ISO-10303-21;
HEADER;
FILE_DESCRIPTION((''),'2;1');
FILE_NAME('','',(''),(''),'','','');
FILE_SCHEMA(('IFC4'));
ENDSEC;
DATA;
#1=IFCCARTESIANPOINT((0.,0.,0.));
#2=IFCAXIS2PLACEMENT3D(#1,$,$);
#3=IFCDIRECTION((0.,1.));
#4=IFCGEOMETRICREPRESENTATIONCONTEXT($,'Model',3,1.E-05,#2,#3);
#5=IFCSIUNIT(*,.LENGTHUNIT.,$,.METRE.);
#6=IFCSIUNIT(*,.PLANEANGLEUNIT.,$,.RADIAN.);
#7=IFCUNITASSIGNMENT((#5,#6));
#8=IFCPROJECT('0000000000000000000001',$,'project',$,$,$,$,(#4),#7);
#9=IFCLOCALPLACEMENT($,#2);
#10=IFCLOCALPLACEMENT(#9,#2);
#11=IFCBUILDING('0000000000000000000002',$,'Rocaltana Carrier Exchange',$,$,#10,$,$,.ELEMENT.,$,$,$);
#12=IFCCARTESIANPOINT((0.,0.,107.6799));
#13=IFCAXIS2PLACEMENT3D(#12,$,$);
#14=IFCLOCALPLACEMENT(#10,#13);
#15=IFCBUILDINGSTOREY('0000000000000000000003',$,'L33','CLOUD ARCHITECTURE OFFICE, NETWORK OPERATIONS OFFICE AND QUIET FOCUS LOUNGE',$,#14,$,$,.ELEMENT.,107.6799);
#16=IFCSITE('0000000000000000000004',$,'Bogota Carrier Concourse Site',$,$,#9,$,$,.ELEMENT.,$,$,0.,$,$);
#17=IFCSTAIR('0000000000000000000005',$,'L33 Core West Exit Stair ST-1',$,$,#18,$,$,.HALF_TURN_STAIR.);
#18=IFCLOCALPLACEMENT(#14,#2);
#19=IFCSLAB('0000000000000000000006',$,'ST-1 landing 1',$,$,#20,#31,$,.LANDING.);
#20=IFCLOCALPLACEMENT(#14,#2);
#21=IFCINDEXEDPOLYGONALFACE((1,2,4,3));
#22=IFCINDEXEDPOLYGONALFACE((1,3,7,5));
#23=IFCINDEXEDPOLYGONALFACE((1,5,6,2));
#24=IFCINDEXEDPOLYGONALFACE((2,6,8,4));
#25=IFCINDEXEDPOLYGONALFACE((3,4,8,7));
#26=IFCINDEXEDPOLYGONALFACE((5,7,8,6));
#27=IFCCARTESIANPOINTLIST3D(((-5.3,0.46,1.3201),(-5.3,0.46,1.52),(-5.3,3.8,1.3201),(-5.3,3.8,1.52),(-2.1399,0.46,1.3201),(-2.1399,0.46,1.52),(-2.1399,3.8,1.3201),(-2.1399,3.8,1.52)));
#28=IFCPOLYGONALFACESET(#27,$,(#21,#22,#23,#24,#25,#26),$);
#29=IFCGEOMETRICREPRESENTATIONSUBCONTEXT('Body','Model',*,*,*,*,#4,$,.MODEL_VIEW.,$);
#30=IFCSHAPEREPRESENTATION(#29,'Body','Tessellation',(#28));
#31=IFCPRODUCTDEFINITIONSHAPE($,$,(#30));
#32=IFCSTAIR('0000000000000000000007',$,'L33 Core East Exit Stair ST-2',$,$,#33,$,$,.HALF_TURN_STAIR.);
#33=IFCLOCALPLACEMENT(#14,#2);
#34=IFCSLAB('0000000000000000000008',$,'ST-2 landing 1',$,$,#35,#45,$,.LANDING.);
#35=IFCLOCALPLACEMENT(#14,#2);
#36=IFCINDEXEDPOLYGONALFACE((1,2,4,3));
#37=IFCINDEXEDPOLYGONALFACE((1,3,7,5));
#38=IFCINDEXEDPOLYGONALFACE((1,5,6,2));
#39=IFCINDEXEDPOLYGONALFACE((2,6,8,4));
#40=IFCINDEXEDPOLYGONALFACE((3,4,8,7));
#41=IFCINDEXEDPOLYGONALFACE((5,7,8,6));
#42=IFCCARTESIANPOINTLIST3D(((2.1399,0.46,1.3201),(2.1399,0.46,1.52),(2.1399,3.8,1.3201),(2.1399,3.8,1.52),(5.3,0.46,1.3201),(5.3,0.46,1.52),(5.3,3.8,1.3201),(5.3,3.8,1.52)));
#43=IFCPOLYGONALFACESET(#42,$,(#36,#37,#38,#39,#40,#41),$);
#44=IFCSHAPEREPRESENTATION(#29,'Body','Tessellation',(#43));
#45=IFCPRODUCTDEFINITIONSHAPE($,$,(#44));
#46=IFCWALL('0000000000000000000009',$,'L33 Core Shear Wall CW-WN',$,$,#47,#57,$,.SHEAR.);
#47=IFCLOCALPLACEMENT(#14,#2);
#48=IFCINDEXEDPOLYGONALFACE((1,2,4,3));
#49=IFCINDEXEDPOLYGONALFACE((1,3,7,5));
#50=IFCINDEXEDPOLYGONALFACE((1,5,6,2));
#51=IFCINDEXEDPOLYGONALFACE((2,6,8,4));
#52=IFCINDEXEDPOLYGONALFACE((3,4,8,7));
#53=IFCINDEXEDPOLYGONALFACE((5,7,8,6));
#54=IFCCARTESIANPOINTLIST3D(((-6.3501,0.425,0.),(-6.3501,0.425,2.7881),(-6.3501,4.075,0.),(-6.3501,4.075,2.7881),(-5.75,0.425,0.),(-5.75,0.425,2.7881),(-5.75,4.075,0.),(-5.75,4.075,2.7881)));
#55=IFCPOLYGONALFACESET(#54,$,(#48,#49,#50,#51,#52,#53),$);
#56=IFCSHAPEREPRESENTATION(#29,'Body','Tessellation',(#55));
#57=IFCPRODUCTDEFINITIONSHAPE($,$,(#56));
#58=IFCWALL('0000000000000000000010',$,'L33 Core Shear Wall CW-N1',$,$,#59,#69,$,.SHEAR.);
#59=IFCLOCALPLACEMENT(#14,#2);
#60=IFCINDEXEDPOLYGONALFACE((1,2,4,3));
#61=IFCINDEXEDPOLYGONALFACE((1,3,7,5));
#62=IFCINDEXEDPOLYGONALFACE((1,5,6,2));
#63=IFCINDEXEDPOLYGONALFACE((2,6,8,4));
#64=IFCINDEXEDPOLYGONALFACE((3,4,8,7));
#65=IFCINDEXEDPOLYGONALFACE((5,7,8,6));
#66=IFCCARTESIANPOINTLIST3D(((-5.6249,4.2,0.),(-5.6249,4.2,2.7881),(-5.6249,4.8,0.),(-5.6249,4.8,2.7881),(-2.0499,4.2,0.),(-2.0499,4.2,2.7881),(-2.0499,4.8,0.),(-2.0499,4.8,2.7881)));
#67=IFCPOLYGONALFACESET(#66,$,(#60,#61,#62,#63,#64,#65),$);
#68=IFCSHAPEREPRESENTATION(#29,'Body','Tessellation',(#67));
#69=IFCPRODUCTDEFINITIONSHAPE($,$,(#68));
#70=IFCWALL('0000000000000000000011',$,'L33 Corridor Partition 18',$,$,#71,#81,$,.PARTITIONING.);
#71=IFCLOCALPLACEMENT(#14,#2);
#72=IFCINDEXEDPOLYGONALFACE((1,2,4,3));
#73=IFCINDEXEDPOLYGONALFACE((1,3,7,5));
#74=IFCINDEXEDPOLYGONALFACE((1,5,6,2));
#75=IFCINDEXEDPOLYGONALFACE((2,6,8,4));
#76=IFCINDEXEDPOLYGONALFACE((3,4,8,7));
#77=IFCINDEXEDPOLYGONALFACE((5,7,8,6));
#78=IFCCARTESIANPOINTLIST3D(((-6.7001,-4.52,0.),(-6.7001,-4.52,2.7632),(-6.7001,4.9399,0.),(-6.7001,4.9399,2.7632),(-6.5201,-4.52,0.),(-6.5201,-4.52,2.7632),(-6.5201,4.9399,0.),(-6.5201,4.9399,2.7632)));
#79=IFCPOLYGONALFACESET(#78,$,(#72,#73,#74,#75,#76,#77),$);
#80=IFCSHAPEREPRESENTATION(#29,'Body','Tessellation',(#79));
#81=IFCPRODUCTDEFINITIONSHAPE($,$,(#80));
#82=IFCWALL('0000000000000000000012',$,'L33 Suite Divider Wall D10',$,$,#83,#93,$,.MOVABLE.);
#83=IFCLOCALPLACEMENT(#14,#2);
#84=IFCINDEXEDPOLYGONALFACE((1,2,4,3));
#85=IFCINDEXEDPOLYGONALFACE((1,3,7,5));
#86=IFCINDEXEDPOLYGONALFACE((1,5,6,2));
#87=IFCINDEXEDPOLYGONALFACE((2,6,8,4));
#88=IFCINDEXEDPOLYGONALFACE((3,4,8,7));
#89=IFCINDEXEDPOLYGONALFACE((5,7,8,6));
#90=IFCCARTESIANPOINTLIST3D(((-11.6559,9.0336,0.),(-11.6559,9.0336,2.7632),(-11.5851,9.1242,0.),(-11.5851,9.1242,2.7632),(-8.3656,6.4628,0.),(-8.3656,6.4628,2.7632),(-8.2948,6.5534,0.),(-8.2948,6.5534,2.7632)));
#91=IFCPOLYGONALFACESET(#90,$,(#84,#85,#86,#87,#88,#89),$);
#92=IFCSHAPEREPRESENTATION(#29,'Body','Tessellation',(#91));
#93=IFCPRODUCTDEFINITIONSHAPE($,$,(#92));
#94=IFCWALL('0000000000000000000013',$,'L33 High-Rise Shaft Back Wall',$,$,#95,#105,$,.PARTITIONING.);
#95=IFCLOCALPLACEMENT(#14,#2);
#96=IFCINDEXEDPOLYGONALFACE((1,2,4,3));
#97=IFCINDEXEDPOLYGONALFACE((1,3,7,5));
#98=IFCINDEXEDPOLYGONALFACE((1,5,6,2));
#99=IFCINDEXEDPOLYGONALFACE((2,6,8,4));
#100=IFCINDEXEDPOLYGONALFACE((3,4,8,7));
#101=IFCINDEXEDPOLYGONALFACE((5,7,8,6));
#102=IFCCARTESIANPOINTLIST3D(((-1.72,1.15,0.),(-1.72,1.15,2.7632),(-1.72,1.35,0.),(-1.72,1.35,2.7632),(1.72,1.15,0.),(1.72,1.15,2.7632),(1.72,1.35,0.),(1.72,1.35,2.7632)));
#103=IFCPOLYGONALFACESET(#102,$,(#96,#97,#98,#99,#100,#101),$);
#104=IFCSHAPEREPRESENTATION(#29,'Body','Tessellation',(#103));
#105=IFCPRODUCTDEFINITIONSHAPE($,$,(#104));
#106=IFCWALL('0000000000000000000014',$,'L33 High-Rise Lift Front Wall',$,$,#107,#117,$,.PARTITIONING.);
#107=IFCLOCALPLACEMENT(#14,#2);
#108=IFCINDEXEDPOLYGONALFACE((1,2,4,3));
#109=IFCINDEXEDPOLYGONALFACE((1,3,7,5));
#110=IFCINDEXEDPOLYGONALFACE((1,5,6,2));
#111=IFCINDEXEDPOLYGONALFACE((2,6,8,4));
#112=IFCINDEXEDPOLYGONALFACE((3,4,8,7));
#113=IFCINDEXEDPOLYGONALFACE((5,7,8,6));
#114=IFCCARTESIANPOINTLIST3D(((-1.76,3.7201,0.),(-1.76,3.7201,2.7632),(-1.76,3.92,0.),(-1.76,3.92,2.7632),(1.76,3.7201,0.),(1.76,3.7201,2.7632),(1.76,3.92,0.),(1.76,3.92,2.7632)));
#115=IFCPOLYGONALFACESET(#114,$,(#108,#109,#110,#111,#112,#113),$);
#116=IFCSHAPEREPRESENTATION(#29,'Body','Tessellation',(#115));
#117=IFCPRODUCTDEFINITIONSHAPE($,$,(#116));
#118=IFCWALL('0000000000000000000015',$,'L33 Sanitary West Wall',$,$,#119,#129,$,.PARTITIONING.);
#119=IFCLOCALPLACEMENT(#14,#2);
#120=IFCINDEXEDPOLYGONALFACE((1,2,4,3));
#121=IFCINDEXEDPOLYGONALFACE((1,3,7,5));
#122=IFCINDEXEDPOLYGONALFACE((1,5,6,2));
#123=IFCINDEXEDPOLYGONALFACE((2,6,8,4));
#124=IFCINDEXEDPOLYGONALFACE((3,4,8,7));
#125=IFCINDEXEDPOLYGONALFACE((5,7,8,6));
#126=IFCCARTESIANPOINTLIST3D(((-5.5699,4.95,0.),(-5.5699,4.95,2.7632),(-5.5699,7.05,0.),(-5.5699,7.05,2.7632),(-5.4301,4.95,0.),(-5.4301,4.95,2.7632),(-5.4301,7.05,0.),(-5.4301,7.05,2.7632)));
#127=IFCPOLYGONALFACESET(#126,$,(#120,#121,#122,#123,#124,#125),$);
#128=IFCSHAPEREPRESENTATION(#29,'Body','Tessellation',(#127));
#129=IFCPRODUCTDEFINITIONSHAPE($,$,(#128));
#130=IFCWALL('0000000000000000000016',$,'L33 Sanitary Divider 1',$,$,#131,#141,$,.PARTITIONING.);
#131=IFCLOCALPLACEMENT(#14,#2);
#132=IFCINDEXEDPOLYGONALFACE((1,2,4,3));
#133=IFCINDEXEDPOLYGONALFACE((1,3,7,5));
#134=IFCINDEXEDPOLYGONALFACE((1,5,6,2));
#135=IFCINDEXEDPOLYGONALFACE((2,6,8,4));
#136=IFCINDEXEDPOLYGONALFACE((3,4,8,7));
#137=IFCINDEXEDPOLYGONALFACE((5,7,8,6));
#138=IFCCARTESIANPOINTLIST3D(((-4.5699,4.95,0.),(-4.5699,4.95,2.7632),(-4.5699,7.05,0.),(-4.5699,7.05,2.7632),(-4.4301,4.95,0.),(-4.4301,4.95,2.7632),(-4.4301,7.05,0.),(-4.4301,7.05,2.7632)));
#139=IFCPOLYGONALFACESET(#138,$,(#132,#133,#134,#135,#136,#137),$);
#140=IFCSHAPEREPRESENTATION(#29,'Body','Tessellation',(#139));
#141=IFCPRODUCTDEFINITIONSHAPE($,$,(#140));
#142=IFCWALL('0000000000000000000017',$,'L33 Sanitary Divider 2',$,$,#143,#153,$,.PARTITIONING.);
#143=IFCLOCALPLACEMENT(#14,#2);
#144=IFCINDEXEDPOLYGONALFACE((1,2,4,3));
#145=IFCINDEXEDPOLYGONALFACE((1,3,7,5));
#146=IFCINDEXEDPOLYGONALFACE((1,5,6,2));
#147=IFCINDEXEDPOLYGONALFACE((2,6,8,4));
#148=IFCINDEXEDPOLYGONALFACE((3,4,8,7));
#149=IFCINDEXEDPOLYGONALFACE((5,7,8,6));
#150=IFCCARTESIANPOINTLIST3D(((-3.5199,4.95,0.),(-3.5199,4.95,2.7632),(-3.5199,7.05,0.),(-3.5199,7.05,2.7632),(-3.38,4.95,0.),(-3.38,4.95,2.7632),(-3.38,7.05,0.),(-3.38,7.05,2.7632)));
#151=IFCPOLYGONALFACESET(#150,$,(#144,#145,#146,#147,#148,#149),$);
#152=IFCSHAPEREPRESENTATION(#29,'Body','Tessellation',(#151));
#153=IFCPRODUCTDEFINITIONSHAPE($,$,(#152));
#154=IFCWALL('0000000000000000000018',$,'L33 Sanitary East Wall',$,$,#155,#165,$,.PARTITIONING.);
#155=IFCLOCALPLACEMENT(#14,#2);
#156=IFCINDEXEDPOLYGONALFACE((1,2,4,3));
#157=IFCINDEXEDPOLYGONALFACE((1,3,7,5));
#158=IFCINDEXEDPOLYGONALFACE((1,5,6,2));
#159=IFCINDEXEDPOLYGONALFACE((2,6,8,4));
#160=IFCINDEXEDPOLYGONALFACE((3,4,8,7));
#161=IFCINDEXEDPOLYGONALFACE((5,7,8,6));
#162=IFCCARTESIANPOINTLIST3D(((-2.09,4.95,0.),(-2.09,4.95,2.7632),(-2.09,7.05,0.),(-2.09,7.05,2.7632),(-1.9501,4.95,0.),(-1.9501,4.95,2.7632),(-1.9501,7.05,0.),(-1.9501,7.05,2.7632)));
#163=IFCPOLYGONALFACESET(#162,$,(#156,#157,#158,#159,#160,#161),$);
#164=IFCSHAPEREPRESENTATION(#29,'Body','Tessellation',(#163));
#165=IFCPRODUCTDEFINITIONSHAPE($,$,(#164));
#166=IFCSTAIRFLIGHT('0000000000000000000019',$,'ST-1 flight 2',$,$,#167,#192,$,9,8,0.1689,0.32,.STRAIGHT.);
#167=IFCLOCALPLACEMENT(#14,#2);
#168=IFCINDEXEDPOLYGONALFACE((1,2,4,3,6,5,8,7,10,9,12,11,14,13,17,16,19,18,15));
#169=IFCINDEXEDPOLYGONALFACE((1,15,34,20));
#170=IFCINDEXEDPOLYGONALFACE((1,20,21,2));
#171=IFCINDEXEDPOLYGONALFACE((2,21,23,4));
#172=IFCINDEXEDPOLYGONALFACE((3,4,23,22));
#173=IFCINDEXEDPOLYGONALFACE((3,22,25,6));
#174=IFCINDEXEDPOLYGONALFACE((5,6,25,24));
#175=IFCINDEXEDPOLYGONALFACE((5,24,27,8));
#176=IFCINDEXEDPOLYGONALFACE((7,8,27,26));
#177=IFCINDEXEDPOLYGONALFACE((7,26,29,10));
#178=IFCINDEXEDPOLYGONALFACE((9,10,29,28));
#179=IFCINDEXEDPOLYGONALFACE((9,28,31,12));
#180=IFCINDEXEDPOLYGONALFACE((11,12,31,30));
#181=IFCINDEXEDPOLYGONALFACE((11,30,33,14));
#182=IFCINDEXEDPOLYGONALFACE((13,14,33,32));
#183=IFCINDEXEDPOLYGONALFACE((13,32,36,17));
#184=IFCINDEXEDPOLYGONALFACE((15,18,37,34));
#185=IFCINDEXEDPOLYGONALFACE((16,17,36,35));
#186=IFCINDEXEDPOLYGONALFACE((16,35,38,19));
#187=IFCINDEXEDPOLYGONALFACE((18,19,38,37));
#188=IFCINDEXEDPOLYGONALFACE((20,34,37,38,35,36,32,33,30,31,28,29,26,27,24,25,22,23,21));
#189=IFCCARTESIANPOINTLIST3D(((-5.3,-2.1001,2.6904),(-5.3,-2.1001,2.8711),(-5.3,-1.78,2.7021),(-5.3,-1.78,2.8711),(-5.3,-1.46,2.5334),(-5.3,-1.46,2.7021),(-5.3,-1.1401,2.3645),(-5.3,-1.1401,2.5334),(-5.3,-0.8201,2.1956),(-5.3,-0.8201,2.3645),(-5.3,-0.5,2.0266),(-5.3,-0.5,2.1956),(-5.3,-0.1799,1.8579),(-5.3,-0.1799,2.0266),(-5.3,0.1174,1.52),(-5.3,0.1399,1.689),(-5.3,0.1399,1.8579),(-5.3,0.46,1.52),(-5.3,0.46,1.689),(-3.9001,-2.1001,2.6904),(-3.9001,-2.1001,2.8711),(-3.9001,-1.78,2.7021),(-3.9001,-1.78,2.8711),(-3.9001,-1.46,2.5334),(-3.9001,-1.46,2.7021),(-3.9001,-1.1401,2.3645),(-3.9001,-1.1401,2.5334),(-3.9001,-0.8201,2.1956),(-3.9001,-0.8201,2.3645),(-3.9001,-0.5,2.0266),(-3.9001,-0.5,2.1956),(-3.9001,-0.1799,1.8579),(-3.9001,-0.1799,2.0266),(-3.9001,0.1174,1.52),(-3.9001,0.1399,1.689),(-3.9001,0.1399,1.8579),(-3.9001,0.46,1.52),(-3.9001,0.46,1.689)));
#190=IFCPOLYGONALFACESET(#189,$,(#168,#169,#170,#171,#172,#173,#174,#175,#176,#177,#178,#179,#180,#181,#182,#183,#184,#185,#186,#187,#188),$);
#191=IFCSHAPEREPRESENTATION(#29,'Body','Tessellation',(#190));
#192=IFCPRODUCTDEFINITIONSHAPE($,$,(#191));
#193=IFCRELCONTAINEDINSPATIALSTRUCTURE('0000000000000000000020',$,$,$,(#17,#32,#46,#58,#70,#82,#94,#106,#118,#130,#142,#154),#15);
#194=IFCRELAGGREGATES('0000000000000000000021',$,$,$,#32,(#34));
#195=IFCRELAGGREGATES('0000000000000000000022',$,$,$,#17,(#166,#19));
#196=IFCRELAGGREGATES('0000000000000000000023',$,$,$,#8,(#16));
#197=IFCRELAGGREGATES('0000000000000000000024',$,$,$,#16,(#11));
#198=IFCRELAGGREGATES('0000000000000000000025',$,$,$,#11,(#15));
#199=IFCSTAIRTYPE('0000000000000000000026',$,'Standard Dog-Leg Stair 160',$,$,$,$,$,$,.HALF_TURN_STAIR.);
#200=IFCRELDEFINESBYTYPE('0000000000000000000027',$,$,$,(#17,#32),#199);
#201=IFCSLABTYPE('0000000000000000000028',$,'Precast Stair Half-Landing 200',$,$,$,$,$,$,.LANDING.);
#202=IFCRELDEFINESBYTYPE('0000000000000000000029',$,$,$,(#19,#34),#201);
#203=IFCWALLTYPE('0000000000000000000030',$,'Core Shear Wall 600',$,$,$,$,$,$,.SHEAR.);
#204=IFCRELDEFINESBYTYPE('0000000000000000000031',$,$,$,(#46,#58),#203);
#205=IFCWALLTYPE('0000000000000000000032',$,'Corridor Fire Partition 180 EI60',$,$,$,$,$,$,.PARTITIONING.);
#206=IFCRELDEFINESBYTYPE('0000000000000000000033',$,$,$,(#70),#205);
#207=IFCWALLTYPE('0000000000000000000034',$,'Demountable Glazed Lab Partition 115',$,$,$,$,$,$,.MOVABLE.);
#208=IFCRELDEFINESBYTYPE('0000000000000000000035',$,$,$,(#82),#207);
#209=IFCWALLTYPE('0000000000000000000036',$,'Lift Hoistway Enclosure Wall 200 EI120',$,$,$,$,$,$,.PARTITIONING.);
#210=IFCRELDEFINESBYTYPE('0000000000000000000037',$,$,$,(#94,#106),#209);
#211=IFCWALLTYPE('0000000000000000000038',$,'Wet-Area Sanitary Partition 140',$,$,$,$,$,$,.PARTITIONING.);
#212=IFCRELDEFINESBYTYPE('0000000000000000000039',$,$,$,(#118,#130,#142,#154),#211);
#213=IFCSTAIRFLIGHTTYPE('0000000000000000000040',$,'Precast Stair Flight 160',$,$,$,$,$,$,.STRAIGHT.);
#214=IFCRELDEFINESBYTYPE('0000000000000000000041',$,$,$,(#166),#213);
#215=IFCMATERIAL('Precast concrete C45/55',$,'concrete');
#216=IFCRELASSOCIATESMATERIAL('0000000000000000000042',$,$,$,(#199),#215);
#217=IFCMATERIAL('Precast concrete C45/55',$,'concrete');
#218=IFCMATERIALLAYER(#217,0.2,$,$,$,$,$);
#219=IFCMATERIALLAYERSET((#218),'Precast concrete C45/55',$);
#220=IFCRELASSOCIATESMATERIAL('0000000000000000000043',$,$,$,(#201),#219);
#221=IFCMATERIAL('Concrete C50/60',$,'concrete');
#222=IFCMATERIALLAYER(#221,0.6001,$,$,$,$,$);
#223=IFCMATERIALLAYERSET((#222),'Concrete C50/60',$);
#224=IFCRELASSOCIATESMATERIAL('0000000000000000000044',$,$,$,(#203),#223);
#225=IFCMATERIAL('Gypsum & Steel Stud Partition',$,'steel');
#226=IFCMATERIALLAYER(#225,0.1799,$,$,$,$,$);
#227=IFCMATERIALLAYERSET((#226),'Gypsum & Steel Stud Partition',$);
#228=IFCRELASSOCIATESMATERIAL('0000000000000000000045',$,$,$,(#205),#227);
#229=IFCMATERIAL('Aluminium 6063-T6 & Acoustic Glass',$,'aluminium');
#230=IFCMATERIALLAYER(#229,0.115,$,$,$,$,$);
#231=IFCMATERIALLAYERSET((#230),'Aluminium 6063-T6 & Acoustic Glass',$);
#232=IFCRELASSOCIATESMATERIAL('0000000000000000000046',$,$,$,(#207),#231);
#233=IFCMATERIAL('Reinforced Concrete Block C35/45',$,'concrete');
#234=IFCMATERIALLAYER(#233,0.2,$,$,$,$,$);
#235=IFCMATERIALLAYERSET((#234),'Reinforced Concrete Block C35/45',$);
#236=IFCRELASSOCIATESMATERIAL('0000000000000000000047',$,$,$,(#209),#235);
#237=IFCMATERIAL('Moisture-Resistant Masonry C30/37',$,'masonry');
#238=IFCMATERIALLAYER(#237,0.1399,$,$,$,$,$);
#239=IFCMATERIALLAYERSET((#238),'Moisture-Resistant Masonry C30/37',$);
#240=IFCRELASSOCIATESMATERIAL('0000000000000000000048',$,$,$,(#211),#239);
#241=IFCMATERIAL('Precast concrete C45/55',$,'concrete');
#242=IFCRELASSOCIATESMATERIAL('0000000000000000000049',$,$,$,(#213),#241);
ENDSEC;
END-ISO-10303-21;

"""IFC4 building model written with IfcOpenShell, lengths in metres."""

from ifc_helpers import new_model, si_unit, direction, frame, frame_2d, origin, place, context, subcontext, project, spatial, polyline, rectangle, outline, extrude, material, layer, layer_set, type_object, element, aggregate, save


model = new_model("IFC4")

# Units and contexts
model_context = context("Model", 3, precision=1e-05, world=origin(), true_north=direction((0.0, 1.0)))
body_context = subcontext(model_context, "Body", "Model", "MODEL_VIEW")
ifc_project = project(units=[si_unit("LENGTHUNIT", "METRE"), si_unit("PLANEANGLEUNIT", "RADIAN")], contexts=[model_context])

# Site, building, storey
site_placement = place(None, origin())
site = spatial("IfcSite", under=ifc_project, at=site_placement, Name="Bogota Carrier Concourse Site", CompositionType="ELEMENT", RefElevation=0.0)
building_placement = place(site_placement, origin())
building = spatial("IfcBuilding", under=site, at=building_placement, Name="Rocaltana Carrier Exchange", CompositionType="ELEMENT")
storey_placement = place(building_placement, frame((0.0, 0.0, 107.6799)))
storey = spatial("IfcBuildingStorey", under=building, at=storey_placement, Name="L33", Description="CLOUD ARCHITECTURE OFFICE, NETWORK OPERATIONS OFFICE AND QUIET FOCUS LOUNGE", CompositionType="ELEMENT", Elevation=107.6799)

# Stairs, slabs
ifc_material_1 = material(Name="Precast concrete C45/55", Category="concrete")
stair_type = type_object("IfcStairType", Name="Standard Dog-Leg Stair 160", PredefinedType="HALF_TURN_STAIR", material=ifc_material_1)
stair_1_placement = place(storey_placement, origin())
stair_1 = element("IfcStair", 1, at=stair_1_placement, inside=storey, type_object=stair_type, Name="L33 Core West Exit Stair ST-1", PredefinedType="HALF_TURN_STAIR")
ifc_material_2 = material(Name="Precast concrete C45/55", Category="concrete")
ifc_layer_1 = layer(ifc_material_2, 0.2)
ifc_layer_set_1 = layer_set([ifc_layer_1], Name="Precast concrete C45/55")
slab_type_1 = type_object("IfcSlabType", Name="Precast Stair Half-Landing 200", PredefinedType="LANDING", material=ifc_layer_set_1)
slab_1_placement = place(storey_placement, frame((0.0, 0.0, 1.3201)))
slab_1 = element("IfcSlab", 2, at=slab_1_placement, type_object=slab_type_1, Name="ST-1 landing 1", PredefinedType="LANDING", context=body_context, shape_type="SweptSolid", body=[
    extrude(outline(polyline([(-2.1399, 0.46), (-2.1399, 3.8), (-5.3, 3.8), (-5.3, 0.46), (-2.1399, 0.46)])), origin(), (0.0, 0.0, 1.0), 0.2),
])
stair_2_placement = place(storey_placement, origin())
stair_2 = element("IfcStair", 3, at=stair_2_placement, inside=storey, type_object=stair_type, Name="L33 Core East Exit Stair ST-2", PredefinedType="HALF_TURN_STAIR")
slab_2_placement = place(storey_placement, frame((0.0, 0.0, 1.3201)))
slab_2 = element("IfcSlab", 4, at=slab_2_placement, type_object=slab_type_1, Name="ST-2 landing 1", PredefinedType="LANDING", context=body_context, shape_type="SweptSolid", body=[
    extrude(outline(polyline([(5.3, 0.46), (5.3, 3.8), (2.1399, 3.8), (2.1399, 0.46), (5.3, 0.46)])), origin(), (0.0, 0.0, 1.0), 0.2),
])
aggregate(stair_2, [slab_2])

# Walls
ifc_material_3 = material(Name="Concrete C50/60", Category="concrete")
ifc_layer_2 = layer(ifc_material_3, 0.6001)
ifc_layer_set_2 = layer_set([ifc_layer_2], Name="Concrete C50/60")
wall_type_1 = type_object("IfcWallType", Name="Core Shear Wall 600", PredefinedType="SHEAR", material=ifc_layer_set_2)
wall_1_placement = place(storey_placement, frame((-6.05, 0.425, 0.0), z_axis=(0.0, 0.0, 1.0), x_axis=(0.0, 1.0, 0.0)))
element("IfcWall", 5, at=wall_1_placement, inside=storey, type_object=wall_type_1, Name="L33 Core Shear Wall CW-WN", PredefinedType="SHEAR", context=body_context, shape_type="SweptSolid", body=[
    extrude(rectangle(XDim=3.6499, YDim=0.6001, at=frame_2d((1.825, 0.0))), origin(), (0.0, 0.0, 1.0), 2.7881),
])
wall_2_placement = place(storey_placement, frame((-5.625, 4.5, 0.0), z_axis=(0.0, 0.0, 1.0), x_axis=(1.0, 0.0, 0.0)))
element("IfcWall", 6, at=wall_2_placement, inside=storey, type_object=wall_type_1, Name="L33 Core Shear Wall CW-N1", PredefinedType="SHEAR", context=body_context, shape_type="SweptSolid", body=[
    extrude(rectangle(XDim=3.575, YDim=0.6001, at=frame_2d((1.7876, 0.0))), origin(), (0.0, 0.0, 1.0), 2.7881),
])
ifc_material_4 = material(Name="Gypsum & Steel Stud Partition", Category="steel")
ifc_layer_3 = layer(ifc_material_4, 0.1799)
ifc_layer_set_3 = layer_set([ifc_layer_3], Name="Gypsum & Steel Stud Partition")
wall_type_2 = type_object("IfcWallType", Name="Corridor Fire Partition 180 EI60", PredefinedType="PARTITIONING", material=ifc_layer_set_3)
wall_3_placement = place(storey_placement, frame((-6.6101, 4.9399, 0.0), z_axis=(0.0, 0.0, 1.0), x_axis=(0.0, -1.0, 0.0)))
element("IfcWall", 7, at=wall_3_placement, inside=storey, type_object=wall_type_2, Name="L33 Corridor Partition 18", PredefinedType="PARTITIONING", context=body_context, shape_type="SweptSolid", body=[
    extrude(rectangle(XDim=9.46, YDim=0.1799, at=frame_2d((4.73, 0.0))), origin(), (0.0, 0.0, 1.0), 2.7632),
])
ifc_material_5 = material(Name="Aluminium 6063-T6 & Acoustic Glass", Category="aluminium")
ifc_layer_4 = layer(ifc_material_5, 0.115)
ifc_layer_set_4 = layer_set([ifc_layer_4], Name="Aluminium 6063-T6 & Acoustic Glass")
wall_type_3 = type_object("IfcWallType", Name="Demountable Glazed Lab Partition 115", PredefinedType="MOVABLE", material=ifc_layer_set_4)
wall_4_placement = place(storey_placement, frame((-8.3301, 6.5081, 0.0), z_axis=(0.0, 0.0, 1.0), x_axis=(-0.787993, 0.615684, 0.0)))
element("IfcWall", 8, at=wall_4_placement, inside=storey, type_object=wall_type_3, Name="L33 Suite Divider Wall D10", PredefinedType="MOVABLE", context=body_context, shape_type="SweptSolid", body=[
    extrude(rectangle(XDim=4.1755, YDim=0.115, at=frame_2d((2.0879, 0.0))), origin(), (0.0, 0.0, 1.0), 2.7632),
])
ifc_material_6 = material(Name="Reinforced Concrete Block C35/45", Category="concrete")
ifc_layer_5 = layer(ifc_material_6, 0.2)
ifc_layer_set_5 = layer_set([ifc_layer_5], Name="Reinforced Concrete Block C35/45")
wall_type_4 = type_object("IfcWallType", Name="Lift Hoistway Enclosure Wall 200 EI120", PredefinedType="PARTITIONING", material=ifc_layer_set_5)
wall_5_placement = place(storey_placement, frame((-1.72, 1.25, 0.0), z_axis=(0.0, 0.0, 1.0), x_axis=(1.0, 0.0, 0.0)))
element("IfcWall", 9, at=wall_5_placement, inside=storey, type_object=wall_type_4, Name="L33 High-Rise Shaft Back Wall", PredefinedType="PARTITIONING", context=body_context, shape_type="SweptSolid", body=[
    extrude(rectangle(XDim=3.4399, YDim=0.2, at=frame_2d((1.72, 0.0))), origin(), (0.0, 0.0, 1.0), 2.7632),
])
wall_6_placement = place(storey_placement, frame((-1.76, 3.8201, 0.0), z_axis=(0.0, 0.0, 1.0), x_axis=(1.0, 0.0, 0.0)))
element("IfcWall", 10, at=wall_6_placement, inside=storey, type_object=wall_type_4, Name="L33 High-Rise Lift Front Wall", PredefinedType="PARTITIONING", context=body_context, shape_type="SweptSolid", body=[
    extrude(rectangle(XDim=3.52, YDim=0.2, at=frame_2d((1.76, 0.0))), origin(), (0.0, 0.0, 1.0), 2.7632),
])
ifc_material_7 = material(Name="Moisture-Resistant Masonry C30/37", Category="masonry")
ifc_layer_6 = layer(ifc_material_7, 0.1399)
ifc_layer_set_6 = layer_set([ifc_layer_6], Name="Moisture-Resistant Masonry C30/37")
wall_type_5 = type_object("IfcWallType", Name="Wet-Area Sanitary Partition 140", PredefinedType="PARTITIONING", material=ifc_layer_set_6)
for number, where, z_axis, x_axis, name in (
    (11, (-5.5, 4.95, 0.0), (0.0, 0.0, 1.0), (0.0, 1.0, 0.0), "L33 Sanitary West Wall"),
    (12, (-4.5, 4.95, 0.0), (0.0, 0.0, 1.0), (0.0, 1.0, 0.0), "L33 Sanitary Divider 1"),
    (13, (-3.45, 4.95, 0.0), (0.0, 0.0, 1.0), (0.0, 1.0, 0.0), "L33 Sanitary Divider 2"),
    (14, (-2.02, 4.95, 0.0), (0.0, 0.0, 1.0), (0.0, 1.0, 0.0), "L33 Sanitary East Wall"),
):
    element("IfcWall", number, at=place(storey_placement, frame(where, z_axis=z_axis, x_axis=x_axis)), inside=storey, type_object=wall_type_5, Name=name, PredefinedType="PARTITIONING", context=body_context, shape_type="SweptSolid", body=[
        extrude(rectangle(XDim=2.1001, YDim=0.1399, at=frame_2d((1.05, 0.0))), origin(), (0.0, 0.0, 1.0), 2.7632),
    ])

# Stair flight
ifc_material_8 = material(Name="Precast concrete C45/55", Category="concrete")
stair_flight_type = type_object("IfcStairFlightType", Name="Precast Stair Flight 160", PredefinedType="STRAIGHT", material=ifc_material_8)
stair_flight_placement = place(storey_placement, frame((-4.6001, 0.46, 1.52), z_axis=(0.0, 0.0, 1.0), x_axis=(0.0, -1.0, 0.0)))
stair_flight = element("IfcStairFlight", 15, at=stair_flight_placement, type_object=stair_flight_type, Name="ST-1 flight 2", NumberOfRisers=9, NumberOfTreads=8, PredefinedType="STRAIGHT", RiserHeight=0.1689, TreadLength=0.32, context=body_context, shape_type="SweptSolid", body=[
    extrude(outline(polyline([(0.0, 0.0), (0.0, 0.1689), (0.3201, 0.1689), (0.3201, 0.3379), (0.6399, 0.3379), (0.6399, 0.5066), (0.96, 0.5066), (0.96, 0.6755), (1.28, 0.6755), (1.28, 0.8445), (1.6001, 0.8445), (1.6001, 1.0134), (1.9199, 1.0134), (1.9199, 1.1821), (2.24, 1.1821), (2.24, 1.3511), (2.5601, 1.3511), (2.5601, 1.52), (2.5601, 1.1704), (0.3425, 0.0), (0.0, 0.0)])), frame((0.0, 0.7, 0.0), z_axis=(0.0, -1.0, 0.0), x_axis=(1.0, 0.0, 0.0)), (0.0, 0.0, 1.0), 1.3999),
])
aggregate(stair_1, [stair_flight, slab_1])

save(model, "model.ifc")
